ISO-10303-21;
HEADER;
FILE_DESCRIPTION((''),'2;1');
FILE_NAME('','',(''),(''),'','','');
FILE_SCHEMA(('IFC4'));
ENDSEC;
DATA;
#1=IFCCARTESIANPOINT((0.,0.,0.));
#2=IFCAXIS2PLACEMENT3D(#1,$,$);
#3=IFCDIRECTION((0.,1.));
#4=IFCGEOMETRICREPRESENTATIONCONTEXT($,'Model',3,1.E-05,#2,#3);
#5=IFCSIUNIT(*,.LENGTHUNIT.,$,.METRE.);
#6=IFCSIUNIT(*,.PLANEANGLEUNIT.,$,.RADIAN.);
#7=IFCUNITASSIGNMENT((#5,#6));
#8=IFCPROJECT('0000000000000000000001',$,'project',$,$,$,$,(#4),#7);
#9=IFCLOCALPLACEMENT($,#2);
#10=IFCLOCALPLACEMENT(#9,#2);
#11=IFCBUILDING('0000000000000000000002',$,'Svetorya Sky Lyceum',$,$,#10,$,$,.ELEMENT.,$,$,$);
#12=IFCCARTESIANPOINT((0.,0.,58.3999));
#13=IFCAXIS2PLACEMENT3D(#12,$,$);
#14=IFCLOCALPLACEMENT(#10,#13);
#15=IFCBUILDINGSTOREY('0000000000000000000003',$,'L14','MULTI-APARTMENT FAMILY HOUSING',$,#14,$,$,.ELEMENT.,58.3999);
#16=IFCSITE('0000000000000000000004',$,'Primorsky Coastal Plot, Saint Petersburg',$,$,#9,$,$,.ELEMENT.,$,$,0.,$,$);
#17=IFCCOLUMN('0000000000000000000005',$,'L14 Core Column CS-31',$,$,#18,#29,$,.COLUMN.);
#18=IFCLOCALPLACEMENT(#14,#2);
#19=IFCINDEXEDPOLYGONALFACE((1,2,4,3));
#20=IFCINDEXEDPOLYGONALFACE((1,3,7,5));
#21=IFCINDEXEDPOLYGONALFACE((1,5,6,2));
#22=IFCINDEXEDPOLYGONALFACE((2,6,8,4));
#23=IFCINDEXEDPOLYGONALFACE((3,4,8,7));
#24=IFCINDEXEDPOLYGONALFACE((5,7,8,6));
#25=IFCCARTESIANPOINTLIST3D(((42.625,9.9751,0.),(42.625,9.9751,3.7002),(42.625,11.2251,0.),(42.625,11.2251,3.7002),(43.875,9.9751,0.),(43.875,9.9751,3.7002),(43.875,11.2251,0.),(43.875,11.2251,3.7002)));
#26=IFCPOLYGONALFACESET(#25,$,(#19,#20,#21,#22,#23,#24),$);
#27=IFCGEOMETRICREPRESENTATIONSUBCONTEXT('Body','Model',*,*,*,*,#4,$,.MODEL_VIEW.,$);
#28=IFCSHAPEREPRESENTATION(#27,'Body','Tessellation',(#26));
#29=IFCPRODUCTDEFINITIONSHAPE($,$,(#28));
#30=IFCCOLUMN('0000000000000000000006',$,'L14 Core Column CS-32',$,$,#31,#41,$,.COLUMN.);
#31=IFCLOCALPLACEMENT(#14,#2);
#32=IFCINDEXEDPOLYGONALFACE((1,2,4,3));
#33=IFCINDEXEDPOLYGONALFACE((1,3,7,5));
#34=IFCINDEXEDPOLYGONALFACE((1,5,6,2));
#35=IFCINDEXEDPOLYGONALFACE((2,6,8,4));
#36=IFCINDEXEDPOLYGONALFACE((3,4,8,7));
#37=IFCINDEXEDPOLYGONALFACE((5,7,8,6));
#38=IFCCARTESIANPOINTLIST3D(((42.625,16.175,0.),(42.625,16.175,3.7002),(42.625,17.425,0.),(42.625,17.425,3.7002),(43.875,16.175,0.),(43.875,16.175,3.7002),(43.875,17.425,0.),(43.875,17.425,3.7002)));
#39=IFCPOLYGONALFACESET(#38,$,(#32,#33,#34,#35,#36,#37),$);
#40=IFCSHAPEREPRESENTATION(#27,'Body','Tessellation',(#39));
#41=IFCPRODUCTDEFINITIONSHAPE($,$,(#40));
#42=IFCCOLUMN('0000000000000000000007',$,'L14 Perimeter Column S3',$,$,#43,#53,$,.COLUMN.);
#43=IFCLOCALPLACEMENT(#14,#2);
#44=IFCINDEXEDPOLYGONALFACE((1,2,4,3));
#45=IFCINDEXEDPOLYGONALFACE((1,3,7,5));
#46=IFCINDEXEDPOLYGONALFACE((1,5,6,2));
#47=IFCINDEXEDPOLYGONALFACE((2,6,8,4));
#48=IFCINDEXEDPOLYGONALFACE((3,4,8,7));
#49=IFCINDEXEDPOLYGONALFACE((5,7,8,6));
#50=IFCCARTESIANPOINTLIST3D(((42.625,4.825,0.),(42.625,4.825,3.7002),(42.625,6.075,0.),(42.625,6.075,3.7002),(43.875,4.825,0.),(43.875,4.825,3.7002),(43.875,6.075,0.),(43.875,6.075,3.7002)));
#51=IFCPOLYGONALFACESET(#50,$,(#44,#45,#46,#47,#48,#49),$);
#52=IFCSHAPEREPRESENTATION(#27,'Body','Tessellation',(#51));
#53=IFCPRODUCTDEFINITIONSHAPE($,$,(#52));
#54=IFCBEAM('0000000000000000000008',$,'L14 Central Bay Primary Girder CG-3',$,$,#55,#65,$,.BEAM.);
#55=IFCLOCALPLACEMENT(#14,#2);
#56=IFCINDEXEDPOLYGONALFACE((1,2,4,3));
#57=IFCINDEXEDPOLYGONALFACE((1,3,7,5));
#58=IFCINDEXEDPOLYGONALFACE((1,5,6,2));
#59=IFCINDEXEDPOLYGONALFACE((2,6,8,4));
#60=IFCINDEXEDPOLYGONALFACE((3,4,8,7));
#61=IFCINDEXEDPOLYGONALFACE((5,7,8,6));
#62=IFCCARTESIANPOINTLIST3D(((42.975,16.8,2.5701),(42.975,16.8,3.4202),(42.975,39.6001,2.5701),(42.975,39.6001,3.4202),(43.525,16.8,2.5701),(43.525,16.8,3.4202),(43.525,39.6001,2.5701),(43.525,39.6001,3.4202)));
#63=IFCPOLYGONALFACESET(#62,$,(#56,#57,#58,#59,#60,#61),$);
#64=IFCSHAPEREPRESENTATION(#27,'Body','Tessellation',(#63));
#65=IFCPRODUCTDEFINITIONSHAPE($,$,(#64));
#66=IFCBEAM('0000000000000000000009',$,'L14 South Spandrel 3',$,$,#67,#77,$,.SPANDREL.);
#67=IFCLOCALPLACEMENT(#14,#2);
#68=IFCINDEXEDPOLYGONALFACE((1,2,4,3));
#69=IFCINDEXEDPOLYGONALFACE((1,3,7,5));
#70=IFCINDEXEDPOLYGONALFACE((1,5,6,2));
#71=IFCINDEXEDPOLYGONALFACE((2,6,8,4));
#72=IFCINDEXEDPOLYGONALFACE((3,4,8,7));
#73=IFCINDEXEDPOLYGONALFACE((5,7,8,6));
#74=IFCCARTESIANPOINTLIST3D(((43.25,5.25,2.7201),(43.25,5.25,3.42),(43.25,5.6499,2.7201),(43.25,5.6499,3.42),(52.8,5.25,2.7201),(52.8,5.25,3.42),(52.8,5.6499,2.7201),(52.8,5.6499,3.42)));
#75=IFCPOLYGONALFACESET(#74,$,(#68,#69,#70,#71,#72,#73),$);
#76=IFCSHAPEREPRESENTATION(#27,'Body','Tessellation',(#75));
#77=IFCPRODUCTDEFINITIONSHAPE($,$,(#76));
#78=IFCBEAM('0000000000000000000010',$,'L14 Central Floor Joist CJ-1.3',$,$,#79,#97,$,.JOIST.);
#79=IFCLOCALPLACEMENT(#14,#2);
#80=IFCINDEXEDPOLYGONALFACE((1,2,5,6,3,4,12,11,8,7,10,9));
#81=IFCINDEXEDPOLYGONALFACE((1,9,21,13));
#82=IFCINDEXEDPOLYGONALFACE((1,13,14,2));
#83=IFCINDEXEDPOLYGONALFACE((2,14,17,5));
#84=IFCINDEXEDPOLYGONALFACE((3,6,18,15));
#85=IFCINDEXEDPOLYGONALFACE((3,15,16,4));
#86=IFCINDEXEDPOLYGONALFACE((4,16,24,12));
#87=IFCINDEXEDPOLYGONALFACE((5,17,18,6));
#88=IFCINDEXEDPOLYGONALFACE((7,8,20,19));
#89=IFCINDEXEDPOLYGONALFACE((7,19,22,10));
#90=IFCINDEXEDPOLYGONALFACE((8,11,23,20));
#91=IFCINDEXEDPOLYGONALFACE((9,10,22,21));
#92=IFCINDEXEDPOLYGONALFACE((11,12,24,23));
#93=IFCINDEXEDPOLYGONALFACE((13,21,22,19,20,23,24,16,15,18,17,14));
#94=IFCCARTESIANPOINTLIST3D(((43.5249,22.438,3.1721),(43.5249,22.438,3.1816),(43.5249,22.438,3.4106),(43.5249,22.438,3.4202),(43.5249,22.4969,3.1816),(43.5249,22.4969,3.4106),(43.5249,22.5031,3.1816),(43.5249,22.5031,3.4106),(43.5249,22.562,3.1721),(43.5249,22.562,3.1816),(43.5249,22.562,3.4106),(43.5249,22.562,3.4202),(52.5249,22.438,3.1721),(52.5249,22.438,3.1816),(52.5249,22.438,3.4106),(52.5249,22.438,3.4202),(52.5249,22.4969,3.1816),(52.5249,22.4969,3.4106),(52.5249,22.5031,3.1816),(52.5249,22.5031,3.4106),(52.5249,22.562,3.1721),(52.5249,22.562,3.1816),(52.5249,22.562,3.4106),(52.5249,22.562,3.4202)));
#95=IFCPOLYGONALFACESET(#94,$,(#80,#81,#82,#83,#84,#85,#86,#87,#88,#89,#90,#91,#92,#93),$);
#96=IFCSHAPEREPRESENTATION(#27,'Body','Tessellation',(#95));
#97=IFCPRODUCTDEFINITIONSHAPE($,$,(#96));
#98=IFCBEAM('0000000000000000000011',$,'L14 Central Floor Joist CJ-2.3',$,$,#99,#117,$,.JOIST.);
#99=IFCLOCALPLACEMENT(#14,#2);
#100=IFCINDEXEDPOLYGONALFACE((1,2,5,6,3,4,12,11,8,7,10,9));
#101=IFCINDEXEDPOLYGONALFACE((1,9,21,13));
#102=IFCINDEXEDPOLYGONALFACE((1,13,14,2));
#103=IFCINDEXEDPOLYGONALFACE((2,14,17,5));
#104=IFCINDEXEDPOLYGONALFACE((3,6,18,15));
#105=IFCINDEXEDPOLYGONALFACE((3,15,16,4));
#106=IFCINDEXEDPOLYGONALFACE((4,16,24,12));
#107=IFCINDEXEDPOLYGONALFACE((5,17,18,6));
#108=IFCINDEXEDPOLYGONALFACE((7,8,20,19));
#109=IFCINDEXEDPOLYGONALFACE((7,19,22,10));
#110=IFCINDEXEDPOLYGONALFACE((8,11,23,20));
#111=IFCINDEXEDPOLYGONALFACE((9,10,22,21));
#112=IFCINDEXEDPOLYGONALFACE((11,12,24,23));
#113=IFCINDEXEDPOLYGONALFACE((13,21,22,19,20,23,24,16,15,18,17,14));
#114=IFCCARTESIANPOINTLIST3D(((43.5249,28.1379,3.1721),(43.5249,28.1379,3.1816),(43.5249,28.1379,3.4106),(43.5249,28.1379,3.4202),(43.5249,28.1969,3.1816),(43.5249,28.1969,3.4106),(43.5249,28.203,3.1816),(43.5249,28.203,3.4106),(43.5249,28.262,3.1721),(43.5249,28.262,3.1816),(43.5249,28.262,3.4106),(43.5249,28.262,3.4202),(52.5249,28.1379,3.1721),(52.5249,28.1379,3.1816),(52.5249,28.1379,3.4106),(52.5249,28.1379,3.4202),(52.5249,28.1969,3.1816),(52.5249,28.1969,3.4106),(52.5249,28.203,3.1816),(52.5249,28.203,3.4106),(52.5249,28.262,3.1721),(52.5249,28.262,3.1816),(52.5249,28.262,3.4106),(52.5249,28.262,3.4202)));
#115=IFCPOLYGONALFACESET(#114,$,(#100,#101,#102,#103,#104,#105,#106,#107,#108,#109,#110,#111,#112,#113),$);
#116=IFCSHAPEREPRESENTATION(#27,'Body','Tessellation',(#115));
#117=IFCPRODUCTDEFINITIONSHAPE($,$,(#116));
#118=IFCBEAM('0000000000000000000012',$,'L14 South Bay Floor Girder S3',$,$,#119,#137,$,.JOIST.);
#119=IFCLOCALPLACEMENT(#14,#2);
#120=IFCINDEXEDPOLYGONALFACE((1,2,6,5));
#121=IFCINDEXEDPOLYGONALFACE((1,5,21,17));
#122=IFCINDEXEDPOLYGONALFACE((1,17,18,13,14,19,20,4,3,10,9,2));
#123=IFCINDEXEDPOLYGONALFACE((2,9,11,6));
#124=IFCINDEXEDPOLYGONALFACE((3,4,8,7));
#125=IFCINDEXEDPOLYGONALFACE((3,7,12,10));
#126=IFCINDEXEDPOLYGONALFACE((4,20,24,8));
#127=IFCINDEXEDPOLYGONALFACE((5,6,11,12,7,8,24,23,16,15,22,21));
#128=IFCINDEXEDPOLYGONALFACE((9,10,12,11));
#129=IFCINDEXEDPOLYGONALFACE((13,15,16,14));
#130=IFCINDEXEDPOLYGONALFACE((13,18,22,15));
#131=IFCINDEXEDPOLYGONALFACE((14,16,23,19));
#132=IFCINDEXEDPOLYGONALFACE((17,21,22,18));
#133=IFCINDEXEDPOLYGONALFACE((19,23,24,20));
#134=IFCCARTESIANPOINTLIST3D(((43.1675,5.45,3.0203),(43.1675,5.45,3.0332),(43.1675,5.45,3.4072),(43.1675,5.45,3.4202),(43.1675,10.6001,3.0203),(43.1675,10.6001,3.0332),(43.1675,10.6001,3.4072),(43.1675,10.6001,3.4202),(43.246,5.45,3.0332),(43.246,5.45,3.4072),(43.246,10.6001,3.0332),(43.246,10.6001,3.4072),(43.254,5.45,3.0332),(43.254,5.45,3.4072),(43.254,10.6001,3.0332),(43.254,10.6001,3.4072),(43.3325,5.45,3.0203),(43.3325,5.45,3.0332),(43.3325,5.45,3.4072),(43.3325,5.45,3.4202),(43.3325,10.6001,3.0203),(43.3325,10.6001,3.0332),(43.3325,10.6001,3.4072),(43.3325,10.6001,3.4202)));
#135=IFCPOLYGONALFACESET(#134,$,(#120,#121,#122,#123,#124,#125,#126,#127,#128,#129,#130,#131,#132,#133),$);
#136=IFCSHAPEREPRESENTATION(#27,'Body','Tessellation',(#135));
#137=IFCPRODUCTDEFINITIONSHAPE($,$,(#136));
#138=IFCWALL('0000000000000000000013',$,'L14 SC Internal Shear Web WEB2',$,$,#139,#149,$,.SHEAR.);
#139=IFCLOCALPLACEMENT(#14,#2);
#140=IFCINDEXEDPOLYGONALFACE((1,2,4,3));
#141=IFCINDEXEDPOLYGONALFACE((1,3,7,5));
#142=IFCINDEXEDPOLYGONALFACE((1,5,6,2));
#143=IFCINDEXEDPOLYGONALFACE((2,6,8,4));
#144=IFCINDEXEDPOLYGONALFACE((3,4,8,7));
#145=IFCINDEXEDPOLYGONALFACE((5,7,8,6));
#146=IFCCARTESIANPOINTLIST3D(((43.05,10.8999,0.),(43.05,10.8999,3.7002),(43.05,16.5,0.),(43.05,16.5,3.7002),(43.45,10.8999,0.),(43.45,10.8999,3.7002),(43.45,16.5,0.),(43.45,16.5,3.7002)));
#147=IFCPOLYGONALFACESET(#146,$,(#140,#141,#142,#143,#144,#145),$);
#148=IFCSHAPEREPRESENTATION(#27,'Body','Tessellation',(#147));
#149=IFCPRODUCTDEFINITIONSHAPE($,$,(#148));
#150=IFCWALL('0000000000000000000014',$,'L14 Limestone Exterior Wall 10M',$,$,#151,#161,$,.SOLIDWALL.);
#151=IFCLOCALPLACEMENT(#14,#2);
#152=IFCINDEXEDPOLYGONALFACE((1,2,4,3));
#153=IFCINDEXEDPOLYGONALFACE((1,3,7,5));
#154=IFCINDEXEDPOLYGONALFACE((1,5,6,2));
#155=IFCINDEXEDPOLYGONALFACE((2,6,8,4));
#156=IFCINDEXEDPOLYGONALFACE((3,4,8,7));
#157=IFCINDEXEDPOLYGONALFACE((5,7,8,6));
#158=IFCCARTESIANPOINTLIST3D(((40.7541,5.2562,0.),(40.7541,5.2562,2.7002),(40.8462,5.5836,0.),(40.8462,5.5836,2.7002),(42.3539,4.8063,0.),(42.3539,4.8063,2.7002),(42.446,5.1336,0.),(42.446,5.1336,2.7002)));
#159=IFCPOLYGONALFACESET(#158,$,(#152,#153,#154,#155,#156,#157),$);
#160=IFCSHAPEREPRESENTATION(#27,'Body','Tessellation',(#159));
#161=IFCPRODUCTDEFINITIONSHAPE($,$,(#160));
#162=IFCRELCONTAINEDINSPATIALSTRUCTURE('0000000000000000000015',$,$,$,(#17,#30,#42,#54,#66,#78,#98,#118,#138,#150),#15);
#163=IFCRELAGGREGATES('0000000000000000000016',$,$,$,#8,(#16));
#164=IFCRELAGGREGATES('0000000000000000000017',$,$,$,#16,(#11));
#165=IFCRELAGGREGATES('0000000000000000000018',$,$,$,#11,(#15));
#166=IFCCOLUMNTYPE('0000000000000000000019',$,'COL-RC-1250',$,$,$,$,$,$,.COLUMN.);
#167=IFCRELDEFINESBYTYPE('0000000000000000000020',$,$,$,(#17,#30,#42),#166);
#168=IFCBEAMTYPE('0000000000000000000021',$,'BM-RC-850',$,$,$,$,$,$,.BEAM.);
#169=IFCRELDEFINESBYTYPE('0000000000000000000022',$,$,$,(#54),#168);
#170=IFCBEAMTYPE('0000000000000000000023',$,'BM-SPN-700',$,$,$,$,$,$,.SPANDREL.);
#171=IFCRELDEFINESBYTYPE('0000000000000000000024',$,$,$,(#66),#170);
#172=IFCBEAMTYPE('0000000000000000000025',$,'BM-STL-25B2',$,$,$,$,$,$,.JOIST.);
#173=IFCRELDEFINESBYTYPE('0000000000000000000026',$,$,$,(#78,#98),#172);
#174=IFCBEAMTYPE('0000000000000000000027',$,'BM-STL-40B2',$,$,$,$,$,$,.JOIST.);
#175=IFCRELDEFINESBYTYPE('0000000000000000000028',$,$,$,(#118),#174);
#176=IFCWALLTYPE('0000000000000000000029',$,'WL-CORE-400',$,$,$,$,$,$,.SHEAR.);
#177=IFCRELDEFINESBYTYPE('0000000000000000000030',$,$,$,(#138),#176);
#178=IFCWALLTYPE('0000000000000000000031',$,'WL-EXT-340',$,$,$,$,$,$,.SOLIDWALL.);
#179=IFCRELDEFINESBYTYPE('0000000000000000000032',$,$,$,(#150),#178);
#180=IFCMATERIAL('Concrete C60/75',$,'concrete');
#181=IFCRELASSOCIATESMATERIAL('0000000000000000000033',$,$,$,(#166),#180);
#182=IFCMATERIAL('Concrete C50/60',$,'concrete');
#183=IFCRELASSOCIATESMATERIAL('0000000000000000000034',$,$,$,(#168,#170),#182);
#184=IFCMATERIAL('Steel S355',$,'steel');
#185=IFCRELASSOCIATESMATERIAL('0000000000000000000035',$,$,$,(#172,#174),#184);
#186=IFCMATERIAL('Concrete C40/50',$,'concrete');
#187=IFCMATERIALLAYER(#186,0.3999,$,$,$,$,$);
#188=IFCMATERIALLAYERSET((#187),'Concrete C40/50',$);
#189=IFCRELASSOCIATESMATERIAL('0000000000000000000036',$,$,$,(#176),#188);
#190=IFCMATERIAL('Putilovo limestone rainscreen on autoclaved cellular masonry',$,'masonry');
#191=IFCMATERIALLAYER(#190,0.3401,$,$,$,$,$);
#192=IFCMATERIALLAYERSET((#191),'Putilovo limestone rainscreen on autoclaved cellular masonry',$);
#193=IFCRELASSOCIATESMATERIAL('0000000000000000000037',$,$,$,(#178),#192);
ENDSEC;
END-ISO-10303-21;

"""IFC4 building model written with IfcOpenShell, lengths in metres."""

from ifc_helpers import new_model, si_unit, direction, frame, frame_2d, origin, origin_2d, place, context, subcontext, project, spatial, rectangle, i_section, extrude, material, layer, layer_set, material_profile, profile_set, type_object, element, save


model = new_model("IFC4")

# Units and contexts
model_context = context("Model", 3, precision=1e-05, world=origin(), true_north=direction((0.0, 1.0)))
body_context = subcontext(model_context, "Body", "Model", "MODEL_VIEW")
ifc_project = project(units=[si_unit("LENGTHUNIT", "METRE"), si_unit("PLANEANGLEUNIT", "RADIAN")], contexts=[model_context])

# Site, building, storey
site_placement = place(None, origin())
site = spatial("IfcSite", under=ifc_project, at=site_placement, Name="Primorsky Coastal Plot, Saint Petersburg", CompositionType="ELEMENT", RefElevation=0.0)
building_placement = place(site_placement, origin())
building = spatial("IfcBuilding", under=site, at=building_placement, Name="Svetorya Sky Lyceum", CompositionType="ELEMENT")
storey_placement = place(building_placement, frame((0.0, 0.0, 58.3999)))
storey = spatial("IfcBuildingStorey", under=building, at=storey_placement, Name="L14", Description="MULTI-APARTMENT FAMILY HOUSING", CompositionType="ELEMENT", Elevation=58.3999)

# Columns
ifc_material_1 = material(Name="Concrete C60/75", Category="concrete")
ifc_material_profile_1 = material_profile(ifc_material_1, rectangle(XDim=1.25, YDim=1.25, at=origin_2d()), Name="RC COL 1250x1250")
ifc_profile_set_1 = profile_set([ifc_material_profile_1], Name="Concrete C60/75")
column_type = type_object("IfcColumnType", Name="COL-RC-1250", PredefinedType="COLUMN", material=ifc_profile_set_1)
for number, where, z_axis, x_axis, name in (
    (1, (43.25, 10.6001, 0.0), (0.0, 0.0, 1.0), (1.0, 0.0, 0.0), "L14 Core Column CS-31"),
    (2, (43.25, 16.8, 0.0), (0.0, 0.0, 1.0), (1.0, 0.0, 0.0), "L14 Core Column CS-32"),
    (3, (43.25, 5.45, 0.0), (0.0, 0.0, 1.0), (1.0, 0.0, 0.0), "L14 Perimeter Column S3"),
):
    element("IfcColumn", number, at=place(storey_placement, frame(where, z_axis=z_axis, x_axis=x_axis)), inside=storey, type_object=column_type, Name=name, PredefinedType="COLUMN", context=body_context, shape_type="SweptSolid", body=[
        extrude(rectangle(XDim=1.25, YDim=1.25, at=origin_2d()), origin(), (0.0, 0.0, 1.0), 3.7002),
    ])

# Beams
ifc_material_2 = material(Name="Concrete C50/60", Category="concrete")
ifc_material_profile_2 = material_profile(ifc_material_2, rectangle(XDim=0.55, YDim=0.8501, at=origin_2d()), Name="RC BEAM 550x850")
ifc_profile_set_2 = profile_set([ifc_material_profile_2], Name="Concrete C50/60")
beam_type_1 = type_object("IfcBeamType", Name="BM-RC-850", PredefinedType="BEAM", material=ifc_profile_set_2)
beam_1_placement = place(storey_placement, frame((43.25, 16.8, 2.9951), z_axis=(0.0, 1.0, 0.0), x_axis=(-1.0, 0.0, 0.0)))
element("IfcBeam", 4, at=beam_1_placement, inside=storey, type_object=beam_type_1, Name="L14 Central Bay Primary Girder CG-3", PredefinedType="BEAM", context=body_context, shape_type="SweptSolid", body=[
    extrude(rectangle(XDim=0.55, YDim=0.8501, at=origin_2d()), origin(), (0.0, 0.0, 1.0), 22.8),
])
ifc_material_profile_3 = material_profile(ifc_material_2, rectangle(XDim=0.3999, YDim=0.7, at=origin_2d()), Name="RC SPANDREL 400x700")
ifc_profile_set_3 = profile_set([ifc_material_profile_3], Name="Concrete C50/60")
beam_type_2 = type_object("IfcBeamType", Name="BM-SPN-700", PredefinedType="SPANDREL", material=ifc_profile_set_3)
beam_2_placement = place(storey_placement, frame((43.25, 5.45, 3.0701), z_axis=(1.0, 0.0, 0.0), x_axis=(0.0, 1.0, 0.0)))
element("IfcBeam", 5, at=beam_2_placement, inside=storey, type_object=beam_type_2, Name="L14 South Spandrel 3", PredefinedType="SPANDREL", context=body_context, shape_type="SweptSolid", body=[
    extrude(rectangle(XDim=0.3999, YDim=0.7, at=origin_2d()), origin(), (0.0, 0.0, 1.0), 9.55),
])
ifc_material_3 = material(Name="Steel S355", Category="steel")
ifc_material_profile_4 = material_profile(ifc_material_3, i_section(OverallWidth=0.124, OverallDepth=0.248, WebThickness=0.0061, FlangeThickness=0.0095, at=origin_2d()), Name="GOST 25B2")
ifc_profile_set_4 = profile_set([ifc_material_profile_4], Name="Steel S355")
beam_type_3 = type_object("IfcBeamType", Name="BM-STL-25B2", PredefinedType="JOIST", material=ifc_profile_set_4)
for number, where, z_axis, x_axis, name in (
    (6, (43.5249, 22.5, 3.2961), (1.0, 0.0, 0.0), (0.0, 1.0, 0.0), "L14 Central Floor Joist CJ-1.3"),
    (7, (43.5249, 28.2, 3.2961), (1.0, 0.0, 0.0), (0.0, 1.0, 0.0), "L14 Central Floor Joist CJ-2.3"),
):
    element("IfcBeam", number, at=place(storey_placement, frame(where, z_axis=z_axis, x_axis=x_axis)), inside=storey, type_object=beam_type_3, Name=name, PredefinedType="JOIST", context=body_context, shape_type="SweptSolid", body=[
        extrude(i_section(OverallWidth=0.124, OverallDepth=0.248, WebThickness=0.0061, FlangeThickness=0.0095, at=origin_2d()), origin(), (0.0, 0.0, 1.0), 9.0),
    ])
ifc_material_profile_5 = material_profile(ifc_material_3, i_section(OverallWidth=0.165, OverallDepth=0.3999, WebThickness=0.0081, FlangeThickness=0.0129, at=origin_2d()), Name="GOST 40B2")
ifc_profile_set_5 = profile_set([ifc_material_profile_5], Name="Steel S355")
beam_type_4 = type_object("IfcBeamType", Name="BM-STL-40B2", PredefinedType="JOIST", material=ifc_profile_set_5)
beam_3_placement = place(storey_placement, frame((43.25, 5.45, 3.2202), z_axis=(0.0, 1.0, 0.0), x_axis=(-1.0, 0.0, 0.0)))
element("IfcBeam", 8, at=beam_3_placement, inside=storey, type_object=beam_type_4, Name="L14 South Bay Floor Girder S3", PredefinedType="JOIST", context=body_context, shape_type="SweptSolid", body=[
    extrude(i_section(OverallWidth=0.165, OverallDepth=0.3999, WebThickness=0.0081, FlangeThickness=0.0129, at=origin_2d()), origin(), (0.0, 0.0, 1.0), 5.1501),
])

# Walls
ifc_material_4 = material(Name="Concrete C40/50", Category="concrete")
ifc_layer_1 = layer(ifc_material_4, 0.3999)
ifc_layer_set_1 = layer_set([ifc_layer_1], Name="Concrete C40/50")
wall_type_1 = type_object("IfcWallType", Name="WL-CORE-400", PredefinedType="SHEAR", material=ifc_layer_set_1)
wall_1_placement = place(storey_placement, frame((43.25, 10.8999, 0.0), z_axis=(0.0, 0.0, 1.0), x_axis=(0.0, 1.0, 0.0)))
element("IfcWall", 9, at=wall_1_placement, inside=storey, type_object=wall_type_1, Name="L14 SC Internal Shear Web WEB2", PredefinedType="SHEAR", context=body_context, shape_type="SweptSolid", body=[
    extrude(rectangle(XDim=5.6001, YDim=0.3999, at=frame_2d((2.8, 0.0))), origin(), (0.0, 0.0, 1.0), 3.7002),
])
ifc_material_5 = material(Name="Putilovo limestone rainscreen on autoclaved cellular masonry", Category="masonry")
ifc_layer_2 = layer(ifc_material_5, 0.3401)
ifc_layer_set_2 = layer_set([ifc_layer_2], Name="Putilovo limestone rainscreen on autoclaved cellular masonry")
wall_type_2 = type_object("IfcWallType", Name="WL-EXT-340", PredefinedType="SOLIDWALL", material=ifc_layer_set_2)
wall_2_placement = place(storey_placement, frame((40.8, 5.4199, 0.0), z_axis=(0.0, 0.0, 1.0), x_axis=(0.962652, -0.270741, 0.0)))
element("IfcWall", 10, at=wall_2_placement, inside=storey, type_object=wall_type_2, Name="L14 Limestone Exterior Wall 10M", PredefinedType="SOLIDWALL", context=body_context, shape_type="SweptSolid", body=[
    extrude(rectangle(XDim=1.6619, YDim=0.3401, at=frame_2d((0.8311, 0.0))), origin(), (0.0, 0.0, 1.0), 2.7002),
])

save(model, "model.ifc")
